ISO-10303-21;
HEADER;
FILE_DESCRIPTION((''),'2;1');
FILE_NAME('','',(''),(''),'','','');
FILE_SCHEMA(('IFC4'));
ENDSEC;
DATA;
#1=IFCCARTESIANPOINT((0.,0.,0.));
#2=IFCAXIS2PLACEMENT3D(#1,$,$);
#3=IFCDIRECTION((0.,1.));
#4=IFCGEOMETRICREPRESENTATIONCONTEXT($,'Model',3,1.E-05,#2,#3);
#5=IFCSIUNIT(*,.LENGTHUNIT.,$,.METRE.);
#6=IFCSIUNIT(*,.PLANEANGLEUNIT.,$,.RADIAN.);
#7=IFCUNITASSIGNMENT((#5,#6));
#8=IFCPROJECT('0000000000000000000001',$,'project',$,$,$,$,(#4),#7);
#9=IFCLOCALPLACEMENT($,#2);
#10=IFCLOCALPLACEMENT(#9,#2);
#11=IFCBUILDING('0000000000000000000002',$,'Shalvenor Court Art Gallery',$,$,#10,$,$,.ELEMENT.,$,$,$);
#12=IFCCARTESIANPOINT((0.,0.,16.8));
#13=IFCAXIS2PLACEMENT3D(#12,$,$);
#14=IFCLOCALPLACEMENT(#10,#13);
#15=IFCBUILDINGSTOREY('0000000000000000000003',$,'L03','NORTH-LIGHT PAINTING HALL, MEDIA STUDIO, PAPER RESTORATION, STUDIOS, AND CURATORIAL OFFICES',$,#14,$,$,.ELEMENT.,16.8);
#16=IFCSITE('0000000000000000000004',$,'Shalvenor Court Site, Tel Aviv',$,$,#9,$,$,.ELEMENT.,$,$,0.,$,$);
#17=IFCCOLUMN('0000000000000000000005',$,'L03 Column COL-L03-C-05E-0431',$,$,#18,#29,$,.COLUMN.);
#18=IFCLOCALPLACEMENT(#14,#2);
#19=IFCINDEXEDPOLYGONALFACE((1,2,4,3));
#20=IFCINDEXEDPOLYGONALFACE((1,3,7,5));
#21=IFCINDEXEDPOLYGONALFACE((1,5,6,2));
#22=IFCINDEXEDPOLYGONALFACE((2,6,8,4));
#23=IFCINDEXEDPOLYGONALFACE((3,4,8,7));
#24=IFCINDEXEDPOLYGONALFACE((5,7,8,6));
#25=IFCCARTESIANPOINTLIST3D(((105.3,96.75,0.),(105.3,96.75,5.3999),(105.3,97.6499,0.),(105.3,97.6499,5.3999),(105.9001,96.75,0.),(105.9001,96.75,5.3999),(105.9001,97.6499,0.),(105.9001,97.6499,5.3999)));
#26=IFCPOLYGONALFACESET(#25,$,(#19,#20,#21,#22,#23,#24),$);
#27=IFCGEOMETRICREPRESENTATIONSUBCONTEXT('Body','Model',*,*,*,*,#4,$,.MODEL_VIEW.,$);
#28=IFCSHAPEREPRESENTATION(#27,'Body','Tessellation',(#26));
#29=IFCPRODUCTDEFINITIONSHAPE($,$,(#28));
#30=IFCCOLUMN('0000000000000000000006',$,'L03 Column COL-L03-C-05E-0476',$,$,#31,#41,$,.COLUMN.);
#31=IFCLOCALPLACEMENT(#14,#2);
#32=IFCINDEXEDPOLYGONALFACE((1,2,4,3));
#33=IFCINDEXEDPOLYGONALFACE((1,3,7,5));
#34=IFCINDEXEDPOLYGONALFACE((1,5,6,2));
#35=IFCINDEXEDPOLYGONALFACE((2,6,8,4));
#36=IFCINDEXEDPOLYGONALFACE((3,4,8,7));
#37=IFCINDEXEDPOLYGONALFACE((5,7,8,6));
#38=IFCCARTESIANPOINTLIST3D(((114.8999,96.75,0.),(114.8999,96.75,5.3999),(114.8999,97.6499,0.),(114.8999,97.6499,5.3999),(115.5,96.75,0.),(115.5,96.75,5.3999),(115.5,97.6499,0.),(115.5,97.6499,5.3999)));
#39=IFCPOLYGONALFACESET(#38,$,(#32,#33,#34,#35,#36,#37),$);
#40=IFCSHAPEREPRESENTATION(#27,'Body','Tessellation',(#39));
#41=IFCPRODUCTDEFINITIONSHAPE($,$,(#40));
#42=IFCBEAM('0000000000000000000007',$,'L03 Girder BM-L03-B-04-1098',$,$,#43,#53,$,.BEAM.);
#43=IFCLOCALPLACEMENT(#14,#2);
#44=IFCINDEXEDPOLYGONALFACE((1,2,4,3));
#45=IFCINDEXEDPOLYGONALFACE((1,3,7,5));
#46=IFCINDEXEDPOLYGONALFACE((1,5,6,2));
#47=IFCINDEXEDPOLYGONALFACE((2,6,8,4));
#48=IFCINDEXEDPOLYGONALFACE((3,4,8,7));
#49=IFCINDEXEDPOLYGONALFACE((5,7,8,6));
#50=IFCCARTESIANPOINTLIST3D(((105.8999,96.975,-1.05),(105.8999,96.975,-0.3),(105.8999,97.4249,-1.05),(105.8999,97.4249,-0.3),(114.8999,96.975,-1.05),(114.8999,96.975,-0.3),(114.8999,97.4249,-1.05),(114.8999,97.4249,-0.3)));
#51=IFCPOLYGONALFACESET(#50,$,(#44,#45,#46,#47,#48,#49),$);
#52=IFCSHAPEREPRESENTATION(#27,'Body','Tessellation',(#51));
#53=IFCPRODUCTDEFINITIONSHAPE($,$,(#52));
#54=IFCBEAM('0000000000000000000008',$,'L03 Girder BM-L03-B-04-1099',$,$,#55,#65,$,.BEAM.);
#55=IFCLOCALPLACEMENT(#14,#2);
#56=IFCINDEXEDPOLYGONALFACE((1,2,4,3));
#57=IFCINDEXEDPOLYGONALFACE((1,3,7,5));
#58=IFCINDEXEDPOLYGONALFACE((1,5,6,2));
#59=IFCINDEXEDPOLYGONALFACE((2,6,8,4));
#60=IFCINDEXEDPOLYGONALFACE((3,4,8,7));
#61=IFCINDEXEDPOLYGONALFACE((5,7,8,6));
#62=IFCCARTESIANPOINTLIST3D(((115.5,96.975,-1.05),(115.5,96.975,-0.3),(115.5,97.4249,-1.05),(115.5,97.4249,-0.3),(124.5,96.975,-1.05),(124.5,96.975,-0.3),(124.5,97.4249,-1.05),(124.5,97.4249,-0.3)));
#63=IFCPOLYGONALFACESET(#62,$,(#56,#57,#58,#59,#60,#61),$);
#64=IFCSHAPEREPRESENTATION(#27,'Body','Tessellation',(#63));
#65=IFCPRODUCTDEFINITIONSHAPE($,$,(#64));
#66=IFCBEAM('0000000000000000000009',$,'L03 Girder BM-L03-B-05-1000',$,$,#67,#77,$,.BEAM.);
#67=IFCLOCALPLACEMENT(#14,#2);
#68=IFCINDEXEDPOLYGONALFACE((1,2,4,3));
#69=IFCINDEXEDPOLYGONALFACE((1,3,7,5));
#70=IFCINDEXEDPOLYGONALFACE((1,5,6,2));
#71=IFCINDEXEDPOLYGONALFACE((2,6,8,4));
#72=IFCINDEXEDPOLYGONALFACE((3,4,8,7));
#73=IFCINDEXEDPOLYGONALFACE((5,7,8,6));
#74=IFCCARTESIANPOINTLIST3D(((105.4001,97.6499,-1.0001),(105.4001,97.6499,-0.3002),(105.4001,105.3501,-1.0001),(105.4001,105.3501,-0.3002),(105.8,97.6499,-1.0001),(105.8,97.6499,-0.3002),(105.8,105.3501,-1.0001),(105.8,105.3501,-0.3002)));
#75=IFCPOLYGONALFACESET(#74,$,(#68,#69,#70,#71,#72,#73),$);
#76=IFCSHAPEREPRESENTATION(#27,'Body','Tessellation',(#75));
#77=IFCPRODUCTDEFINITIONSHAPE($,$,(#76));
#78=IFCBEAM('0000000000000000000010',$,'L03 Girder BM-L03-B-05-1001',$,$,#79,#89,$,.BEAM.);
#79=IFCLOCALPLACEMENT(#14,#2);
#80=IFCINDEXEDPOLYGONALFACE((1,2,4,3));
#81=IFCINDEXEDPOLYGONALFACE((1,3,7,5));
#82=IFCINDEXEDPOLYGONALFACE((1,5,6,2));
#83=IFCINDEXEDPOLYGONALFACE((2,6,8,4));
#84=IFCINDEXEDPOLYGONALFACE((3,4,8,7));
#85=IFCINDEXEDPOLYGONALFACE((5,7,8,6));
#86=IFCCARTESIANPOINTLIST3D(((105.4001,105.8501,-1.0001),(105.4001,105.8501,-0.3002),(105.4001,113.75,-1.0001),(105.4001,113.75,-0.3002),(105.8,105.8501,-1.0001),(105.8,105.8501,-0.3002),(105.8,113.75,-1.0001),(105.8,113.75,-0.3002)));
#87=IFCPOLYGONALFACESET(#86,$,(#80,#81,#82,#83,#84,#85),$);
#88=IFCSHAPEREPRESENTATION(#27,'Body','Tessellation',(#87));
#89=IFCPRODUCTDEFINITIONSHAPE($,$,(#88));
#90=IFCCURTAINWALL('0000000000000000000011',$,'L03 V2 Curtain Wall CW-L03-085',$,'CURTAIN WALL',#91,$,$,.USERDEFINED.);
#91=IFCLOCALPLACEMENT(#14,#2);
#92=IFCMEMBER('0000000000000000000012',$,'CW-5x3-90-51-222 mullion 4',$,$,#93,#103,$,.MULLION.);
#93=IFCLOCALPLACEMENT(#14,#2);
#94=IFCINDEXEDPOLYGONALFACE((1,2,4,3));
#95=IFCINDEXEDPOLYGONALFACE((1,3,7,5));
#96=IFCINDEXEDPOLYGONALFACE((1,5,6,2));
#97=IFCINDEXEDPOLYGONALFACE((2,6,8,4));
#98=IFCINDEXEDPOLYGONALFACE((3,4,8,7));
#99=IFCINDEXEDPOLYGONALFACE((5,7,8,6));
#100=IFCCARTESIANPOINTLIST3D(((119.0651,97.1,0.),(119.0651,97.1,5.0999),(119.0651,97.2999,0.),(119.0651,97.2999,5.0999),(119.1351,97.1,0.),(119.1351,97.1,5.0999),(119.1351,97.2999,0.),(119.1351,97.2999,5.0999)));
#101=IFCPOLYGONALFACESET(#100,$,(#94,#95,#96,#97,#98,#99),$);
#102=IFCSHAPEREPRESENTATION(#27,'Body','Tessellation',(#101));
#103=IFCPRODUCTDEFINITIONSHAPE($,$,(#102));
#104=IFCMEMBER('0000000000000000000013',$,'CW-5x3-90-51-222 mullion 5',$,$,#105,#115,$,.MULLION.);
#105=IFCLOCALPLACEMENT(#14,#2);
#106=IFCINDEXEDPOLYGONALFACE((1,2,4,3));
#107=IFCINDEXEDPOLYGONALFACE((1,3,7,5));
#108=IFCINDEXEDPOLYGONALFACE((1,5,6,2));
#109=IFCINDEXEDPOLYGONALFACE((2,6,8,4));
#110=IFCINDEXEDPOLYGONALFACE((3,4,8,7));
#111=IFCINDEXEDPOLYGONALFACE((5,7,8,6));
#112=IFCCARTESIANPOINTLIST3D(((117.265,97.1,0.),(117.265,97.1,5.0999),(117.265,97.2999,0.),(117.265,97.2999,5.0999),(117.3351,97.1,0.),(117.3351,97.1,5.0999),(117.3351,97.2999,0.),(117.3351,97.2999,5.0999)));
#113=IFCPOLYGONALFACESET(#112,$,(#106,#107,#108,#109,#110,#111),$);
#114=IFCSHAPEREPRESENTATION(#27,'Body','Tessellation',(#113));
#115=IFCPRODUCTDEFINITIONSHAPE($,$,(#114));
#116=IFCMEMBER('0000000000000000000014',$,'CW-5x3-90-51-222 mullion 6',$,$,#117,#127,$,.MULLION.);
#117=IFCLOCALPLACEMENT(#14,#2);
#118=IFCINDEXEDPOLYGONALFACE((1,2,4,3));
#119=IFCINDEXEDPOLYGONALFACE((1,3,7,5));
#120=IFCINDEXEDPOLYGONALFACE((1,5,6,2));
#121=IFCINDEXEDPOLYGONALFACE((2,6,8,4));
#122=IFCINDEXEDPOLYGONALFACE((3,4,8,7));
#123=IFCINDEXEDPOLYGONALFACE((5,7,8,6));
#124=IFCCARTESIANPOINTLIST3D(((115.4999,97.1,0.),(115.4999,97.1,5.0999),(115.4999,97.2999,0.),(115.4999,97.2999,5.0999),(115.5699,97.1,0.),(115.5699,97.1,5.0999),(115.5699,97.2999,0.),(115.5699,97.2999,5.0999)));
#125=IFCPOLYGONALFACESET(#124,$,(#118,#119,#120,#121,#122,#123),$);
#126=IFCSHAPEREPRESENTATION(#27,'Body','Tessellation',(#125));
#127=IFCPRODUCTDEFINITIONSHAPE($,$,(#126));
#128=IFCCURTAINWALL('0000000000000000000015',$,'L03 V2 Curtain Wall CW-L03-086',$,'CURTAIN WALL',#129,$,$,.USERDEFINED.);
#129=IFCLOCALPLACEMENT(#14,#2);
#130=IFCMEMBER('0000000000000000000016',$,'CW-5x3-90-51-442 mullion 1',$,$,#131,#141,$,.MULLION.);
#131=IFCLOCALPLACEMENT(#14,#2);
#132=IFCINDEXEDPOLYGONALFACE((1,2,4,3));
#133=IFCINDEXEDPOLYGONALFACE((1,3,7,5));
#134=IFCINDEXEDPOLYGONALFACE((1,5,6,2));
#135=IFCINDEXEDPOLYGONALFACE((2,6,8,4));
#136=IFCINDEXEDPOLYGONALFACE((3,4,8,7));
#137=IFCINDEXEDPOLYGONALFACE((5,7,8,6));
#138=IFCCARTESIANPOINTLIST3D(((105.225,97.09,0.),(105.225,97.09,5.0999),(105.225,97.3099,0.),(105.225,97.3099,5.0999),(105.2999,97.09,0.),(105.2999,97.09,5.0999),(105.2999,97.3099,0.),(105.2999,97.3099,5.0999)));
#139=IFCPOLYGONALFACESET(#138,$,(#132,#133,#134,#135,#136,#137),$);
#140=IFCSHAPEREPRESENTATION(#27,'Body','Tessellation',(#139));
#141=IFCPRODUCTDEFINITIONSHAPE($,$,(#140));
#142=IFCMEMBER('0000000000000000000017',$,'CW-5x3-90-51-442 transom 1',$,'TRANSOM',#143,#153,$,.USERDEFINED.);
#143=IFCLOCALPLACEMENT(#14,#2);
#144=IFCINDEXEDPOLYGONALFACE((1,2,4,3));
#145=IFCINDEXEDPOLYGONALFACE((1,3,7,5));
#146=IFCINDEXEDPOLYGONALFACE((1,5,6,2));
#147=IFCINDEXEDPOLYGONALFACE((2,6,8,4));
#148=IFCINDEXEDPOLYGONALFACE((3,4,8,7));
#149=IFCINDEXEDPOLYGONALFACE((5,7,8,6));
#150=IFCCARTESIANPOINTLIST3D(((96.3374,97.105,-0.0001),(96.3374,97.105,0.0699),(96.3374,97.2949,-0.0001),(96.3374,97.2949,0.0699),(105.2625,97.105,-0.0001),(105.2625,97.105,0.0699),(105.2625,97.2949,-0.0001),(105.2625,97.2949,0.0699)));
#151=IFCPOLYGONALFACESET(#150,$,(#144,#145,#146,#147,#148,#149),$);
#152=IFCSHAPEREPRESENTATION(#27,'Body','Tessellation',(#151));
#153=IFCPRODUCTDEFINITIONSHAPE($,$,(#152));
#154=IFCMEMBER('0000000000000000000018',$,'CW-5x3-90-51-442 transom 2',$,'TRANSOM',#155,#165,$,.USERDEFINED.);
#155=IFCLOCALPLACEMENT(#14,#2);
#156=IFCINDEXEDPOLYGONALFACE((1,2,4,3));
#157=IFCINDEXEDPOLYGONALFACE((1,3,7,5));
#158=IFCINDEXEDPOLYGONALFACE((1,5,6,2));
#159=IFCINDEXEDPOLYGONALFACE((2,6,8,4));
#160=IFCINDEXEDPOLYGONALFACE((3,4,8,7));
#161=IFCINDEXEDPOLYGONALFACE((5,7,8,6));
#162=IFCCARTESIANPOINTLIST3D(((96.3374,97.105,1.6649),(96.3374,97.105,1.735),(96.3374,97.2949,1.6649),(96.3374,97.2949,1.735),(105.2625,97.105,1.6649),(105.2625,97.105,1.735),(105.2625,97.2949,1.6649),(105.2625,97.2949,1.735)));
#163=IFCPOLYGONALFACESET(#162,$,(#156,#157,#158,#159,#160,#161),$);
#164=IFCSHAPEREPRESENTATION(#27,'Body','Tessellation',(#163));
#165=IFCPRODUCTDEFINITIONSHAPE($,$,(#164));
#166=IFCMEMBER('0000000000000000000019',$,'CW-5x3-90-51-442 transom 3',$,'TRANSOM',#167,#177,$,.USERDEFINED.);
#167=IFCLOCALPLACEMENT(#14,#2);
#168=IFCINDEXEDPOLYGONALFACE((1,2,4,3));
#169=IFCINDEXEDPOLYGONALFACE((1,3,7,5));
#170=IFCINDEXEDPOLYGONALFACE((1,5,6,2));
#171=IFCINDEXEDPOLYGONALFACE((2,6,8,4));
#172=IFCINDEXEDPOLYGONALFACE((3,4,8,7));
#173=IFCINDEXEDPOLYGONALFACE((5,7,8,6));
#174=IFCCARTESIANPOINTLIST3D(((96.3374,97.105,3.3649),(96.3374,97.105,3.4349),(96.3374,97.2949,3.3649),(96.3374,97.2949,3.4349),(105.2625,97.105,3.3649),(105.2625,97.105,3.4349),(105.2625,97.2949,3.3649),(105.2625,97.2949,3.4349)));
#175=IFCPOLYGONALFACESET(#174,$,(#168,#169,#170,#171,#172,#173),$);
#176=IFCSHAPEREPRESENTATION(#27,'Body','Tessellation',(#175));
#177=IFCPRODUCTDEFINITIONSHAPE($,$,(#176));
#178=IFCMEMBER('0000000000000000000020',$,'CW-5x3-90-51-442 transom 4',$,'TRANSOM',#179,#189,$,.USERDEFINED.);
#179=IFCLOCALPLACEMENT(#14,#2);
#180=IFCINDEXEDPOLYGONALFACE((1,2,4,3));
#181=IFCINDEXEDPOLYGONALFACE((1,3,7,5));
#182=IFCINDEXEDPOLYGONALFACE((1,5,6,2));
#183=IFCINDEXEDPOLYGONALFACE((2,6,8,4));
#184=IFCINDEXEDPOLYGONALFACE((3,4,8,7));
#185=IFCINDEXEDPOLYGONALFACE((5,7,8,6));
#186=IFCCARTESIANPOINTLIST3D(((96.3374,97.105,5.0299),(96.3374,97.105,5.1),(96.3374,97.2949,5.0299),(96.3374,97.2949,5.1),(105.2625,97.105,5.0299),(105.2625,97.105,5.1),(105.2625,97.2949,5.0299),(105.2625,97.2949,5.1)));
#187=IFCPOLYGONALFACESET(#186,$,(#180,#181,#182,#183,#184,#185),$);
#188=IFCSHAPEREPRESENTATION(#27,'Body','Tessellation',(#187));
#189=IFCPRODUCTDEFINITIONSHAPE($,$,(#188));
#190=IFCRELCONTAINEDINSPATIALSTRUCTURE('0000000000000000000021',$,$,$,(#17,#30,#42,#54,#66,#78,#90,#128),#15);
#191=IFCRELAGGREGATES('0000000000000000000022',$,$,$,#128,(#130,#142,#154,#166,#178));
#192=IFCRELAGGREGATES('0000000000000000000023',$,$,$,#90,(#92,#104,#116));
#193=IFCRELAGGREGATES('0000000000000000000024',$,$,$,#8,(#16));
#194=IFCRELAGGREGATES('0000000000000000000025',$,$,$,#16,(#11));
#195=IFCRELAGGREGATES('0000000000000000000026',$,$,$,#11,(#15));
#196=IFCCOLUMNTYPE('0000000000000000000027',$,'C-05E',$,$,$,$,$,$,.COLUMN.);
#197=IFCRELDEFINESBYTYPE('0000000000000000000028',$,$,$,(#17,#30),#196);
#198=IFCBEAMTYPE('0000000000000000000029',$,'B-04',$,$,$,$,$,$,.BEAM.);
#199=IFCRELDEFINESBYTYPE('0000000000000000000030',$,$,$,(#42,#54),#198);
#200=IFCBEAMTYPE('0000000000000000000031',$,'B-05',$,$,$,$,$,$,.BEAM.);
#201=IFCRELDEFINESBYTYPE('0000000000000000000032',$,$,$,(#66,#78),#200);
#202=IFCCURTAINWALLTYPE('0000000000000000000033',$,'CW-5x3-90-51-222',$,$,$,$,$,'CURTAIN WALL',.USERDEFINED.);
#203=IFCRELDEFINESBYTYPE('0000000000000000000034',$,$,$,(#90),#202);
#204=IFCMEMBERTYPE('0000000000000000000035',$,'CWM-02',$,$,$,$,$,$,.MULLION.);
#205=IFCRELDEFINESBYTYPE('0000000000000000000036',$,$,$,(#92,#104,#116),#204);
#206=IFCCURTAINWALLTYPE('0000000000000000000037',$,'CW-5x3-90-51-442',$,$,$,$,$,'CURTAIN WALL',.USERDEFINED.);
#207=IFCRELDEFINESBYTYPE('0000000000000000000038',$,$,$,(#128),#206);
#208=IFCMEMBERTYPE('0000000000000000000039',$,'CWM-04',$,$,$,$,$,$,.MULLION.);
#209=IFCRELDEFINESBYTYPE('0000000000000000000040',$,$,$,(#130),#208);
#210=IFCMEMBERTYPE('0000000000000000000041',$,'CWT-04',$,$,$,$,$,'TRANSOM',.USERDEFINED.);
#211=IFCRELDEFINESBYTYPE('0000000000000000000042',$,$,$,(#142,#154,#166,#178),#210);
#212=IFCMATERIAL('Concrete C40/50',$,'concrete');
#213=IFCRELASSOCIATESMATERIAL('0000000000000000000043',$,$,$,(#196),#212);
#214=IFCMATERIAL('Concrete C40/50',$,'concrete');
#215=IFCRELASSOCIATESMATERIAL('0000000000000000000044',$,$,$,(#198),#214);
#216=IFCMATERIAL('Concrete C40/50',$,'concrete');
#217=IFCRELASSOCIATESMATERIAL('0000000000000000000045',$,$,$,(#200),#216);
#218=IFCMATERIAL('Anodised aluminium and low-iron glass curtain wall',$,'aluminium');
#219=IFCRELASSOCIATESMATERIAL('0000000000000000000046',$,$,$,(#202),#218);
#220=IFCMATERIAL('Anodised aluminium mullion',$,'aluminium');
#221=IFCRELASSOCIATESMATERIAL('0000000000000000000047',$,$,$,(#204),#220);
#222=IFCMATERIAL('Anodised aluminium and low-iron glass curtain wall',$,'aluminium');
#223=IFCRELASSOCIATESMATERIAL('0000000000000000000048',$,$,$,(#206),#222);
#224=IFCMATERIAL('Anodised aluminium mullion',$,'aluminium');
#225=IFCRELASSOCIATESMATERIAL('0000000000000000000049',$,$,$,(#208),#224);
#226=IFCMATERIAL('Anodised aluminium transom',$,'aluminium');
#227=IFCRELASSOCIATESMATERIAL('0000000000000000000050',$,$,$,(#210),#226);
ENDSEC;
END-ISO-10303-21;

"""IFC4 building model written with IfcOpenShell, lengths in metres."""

from ifc_helpers import new_model, si_unit, direction, frame, origin, origin_2d, place, context, subcontext, project, spatial, rectangle, extrude, material, material_profile, profile_set, type_object, element, aggregate, save


model = new_model("IFC4")

# Units and contexts
model_context = context("Model", 3, precision=1e-05, world=origin(), true_north=direction((0.0, 1.0)))
body_context = subcontext(model_context, "Body", "Model", "MODEL_VIEW")
ifc_project = project(units=[si_unit("LENGTHUNIT", "METRE"), si_unit("PLANEANGLEUNIT", "RADIAN")], contexts=[model_context])

# Site, building, storey
site_placement = place(None, origin())
site = spatial("IfcSite", under=ifc_project, at=site_placement, Name="Shalvenor Court Site, Tel Aviv", CompositionType="ELEMENT", RefElevation=0.0)
building_placement = place(site_placement, origin())
building = spatial("IfcBuilding", under=site, at=building_placement, Name="Shalvenor Court Art Gallery", CompositionType="ELEMENT")
storey_placement = place(building_placement, frame((0.0, 0.0, 16.8)))
storey = spatial("IfcBuildingStorey", under=building, at=storey_placement, Name="L03", Description="NORTH-LIGHT PAINTING HALL, MEDIA STUDIO, PAPER RESTORATION, STUDIOS, AND CURATORIAL OFFICES", CompositionType="ELEMENT", Elevation=16.8)

# Columns
ifc_material_1 = material(Name="Concrete C40/50", Category="concrete")
ifc_material_profile_1 = material_profile(ifc_material_1, rectangle(XDim=0.6001, YDim=0.8999, at=origin_2d()), Name="RC 600x900")
ifc_profile_set_1 = profile_set([ifc_material_profile_1], Name="Concrete C40/50")
column_type = type_object("IfcColumnType", Name="C-05E", PredefinedType="COLUMN", material=ifc_profile_set_1)
for number, where, z_axis, x_axis, name in (
    (1, (105.6001, 97.2, 0.0), (0.0, 0.0, 1.0), (1.0, 0.0, 0.0), "L03 Column COL-L03-C-05E-0431"),
    (2, (115.2, 97.2, 0.0), (0.0, 0.0, 1.0), (1.0, 0.0, 0.0), "L03 Column COL-L03-C-05E-0476"),
):
    element("IfcColumn", number, at=place(storey_placement, frame(where, z_axis=z_axis, x_axis=x_axis)), inside=storey, type_object=column_type, Name=name, PredefinedType="COLUMN", context=body_context, shape_type="SweptSolid", body=[
        extrude(rectangle(XDim=0.6001, YDim=0.8999, at=origin_2d()), origin(), (0.0, 0.0, 1.0), 5.3999),
    ])

# Beams
ifc_material_2 = material(Name="Concrete C40/50", Category="concrete")
ifc_material_profile_2 = material_profile(ifc_material_2, rectangle(XDim=0.45, YDim=0.75, at=origin_2d()), Name="RC 450x750")
ifc_profile_set_2 = profile_set([ifc_material_profile_2], Name="Concrete C40/50")
beam_type_1 = type_object("IfcBeamType", Name="B-04", PredefinedType="BEAM", material=ifc_profile_set_2)
for number, where, z_axis, x_axis, name in (
    (3, (105.8999, 97.2, -0.675), (1.0, 0.0, 0.0), (0.0, 1.0, 0.0), "L03 Girder BM-L03-B-04-1098"),
    (4, (115.5, 97.2, -0.675), (1.0, 0.0, 0.0), (0.0, 1.0, 0.0), "L03 Girder BM-L03-B-04-1099"),
):
    element("IfcBeam", number, at=place(storey_placement, frame(where, z_axis=z_axis, x_axis=x_axis)), inside=storey, type_object=beam_type_1, Name=name, PredefinedType="BEAM", context=body_context, shape_type="SweptSolid", body=[
        extrude(rectangle(XDim=0.45, YDim=0.75, at=origin_2d()), origin(), (0.0, 0.0, 1.0), 9.0),
    ])
ifc_material_3 = material(Name="Concrete C40/50", Category="concrete")
ifc_material_profile_3 = material_profile(ifc_material_3, rectangle(XDim=0.3999, YDim=0.7, at=origin_2d()), Name="RC 400x700")
ifc_profile_set_3 = profile_set([ifc_material_profile_3], Name="Concrete C40/50")
beam_type_2 = type_object("IfcBeamType", Name="B-05", PredefinedType="BEAM", material=ifc_profile_set_3)
beam_1_placement = place(storey_placement, frame((105.6001, 97.6499, -0.6501), z_axis=(0.0, 1.0, 0.0), x_axis=(-1.0, 0.0, 0.0)))
element("IfcBeam", 5, at=beam_1_placement, inside=storey, type_object=beam_type_2, Name="L03 Girder BM-L03-B-05-1000", PredefinedType="BEAM", context=body_context, shape_type="SweptSolid", body=[
    extrude(rectangle(XDim=0.3999, YDim=0.7, at=origin_2d()), origin(), (0.0, 0.0, 1.0), 7.7002),
])
beam_2_placement = place(storey_placement, frame((105.6001, 105.8501, -0.6501), z_axis=(0.0, 1.0, 0.0), x_axis=(-1.0, 0.0, 0.0)))
element("IfcBeam", 6, at=beam_2_placement, inside=storey, type_object=beam_type_2, Name="L03 Girder BM-L03-B-05-1001", PredefinedType="BEAM", context=body_context, shape_type="SweptSolid", body=[
    extrude(rectangle(XDim=0.3999, YDim=0.7, at=origin_2d()), origin(), (0.0, 0.0, 1.0), 7.8999),
])

# Curtain walls, members
ifc_material_4 = material(Name="Anodised aluminium and low-iron glass curtain wall", Category="aluminium")
curtain_wall_type_1 = type_object("IfcCurtainWallType", Name="CW-5x3-90-51-222", ElementType="CURTAIN WALL", PredefinedType="USERDEFINED", material=ifc_material_4)
curtain_wall_1_placement = place(storey_placement, origin())
curtain_wall_1 = element("IfcCurtainWall", 7, at=curtain_wall_1_placement, inside=storey, type_object=curtain_wall_type_1, Name="L03 V2 Curtain Wall CW-L03-085", ObjectType="CURTAIN WALL", PredefinedType="USERDEFINED")
ifc_material_5 = material(Name="Anodised aluminium mullion", Category="aluminium")
ifc_material_profile_4 = material_profile(ifc_material_5, rectangle(XDim=0.0701, YDim=0.2, at=origin_2d()), Name="CWM-02")
ifc_profile_set_4 = profile_set([ifc_material_profile_4], Name="Anodised aluminium mullion")
member_type_1 = type_object("IfcMemberType", Name="CWM-02", PredefinedType="MULLION", material=ifc_profile_set_4)
member_1_placement = place(storey_placement, frame((119.1001, 97.2, 0.0), z_axis=(0.0, 0.0, 1.0), x_axis=(-1.0, 0.0, 0.0)))
member_1 = element("IfcMember", 8, at=member_1_placement, type_object=member_type_1, Name="CW-5x3-90-51-222 mullion 4", PredefinedType="MULLION", context=body_context, shape_type="SweptSolid", body=[
    extrude(rectangle(XDim=0.0701, YDim=0.2, at=origin_2d()), origin(), (0.0, 0.0, 1.0), 5.0999),
])
member_2_placement = place(storey_placement, frame((117.3, 97.2, 0.0), z_axis=(0.0, 0.0, 1.0), x_axis=(-1.0, 0.0, 0.0)))
member_2 = element("IfcMember", 9, at=member_2_placement, type_object=member_type_1, Name="CW-5x3-90-51-222 mullion 5", PredefinedType="MULLION", context=body_context, shape_type="SweptSolid", body=[
    extrude(rectangle(XDim=0.0701, YDim=0.2, at=origin_2d()), origin(), (0.0, 0.0, 1.0), 5.0999),
])
member_3_placement = place(storey_placement, frame((115.5349, 97.2, 0.0), z_axis=(0.0, 0.0, 1.0), x_axis=(-1.0, 0.0, 0.0)))
member_3 = element("IfcMember", 10, at=member_3_placement, type_object=member_type_1, Name="CW-5x3-90-51-222 mullion 6", PredefinedType="MULLION", context=body_context, shape_type="SweptSolid", body=[
    extrude(rectangle(XDim=0.0701, YDim=0.2, at=origin_2d()), origin(), (0.0, 0.0, 1.0), 5.0999),
])
ifc_material_6 = material(Name="Anodised aluminium and low-iron glass curtain wall", Category="aluminium")
curtain_wall_type_2 = type_object("IfcCurtainWallType", Name="CW-5x3-90-51-442", ElementType="CURTAIN WALL", PredefinedType="USERDEFINED", material=ifc_material_6)
curtain_wall_2_placement = place(storey_placement, origin())
curtain_wall_2 = element("IfcCurtainWall", 11, at=curtain_wall_2_placement, inside=storey, type_object=curtain_wall_type_2, Name="L03 V2 Curtain Wall CW-L03-086", ObjectType="CURTAIN WALL", PredefinedType="USERDEFINED")
ifc_material_7 = material(Name="Anodised aluminium mullion", Category="aluminium")
ifc_material_profile_5 = material_profile(ifc_material_7, rectangle(XDim=0.075, YDim=0.22, at=origin_2d()), Name="CWM-04")
ifc_profile_set_5 = profile_set([ifc_material_profile_5], Name="Anodised aluminium mullion")
member_type_2 = type_object("IfcMemberType", Name="CWM-04", PredefinedType="MULLION", material=ifc_profile_set_5)
member_4_placement = place(storey_placement, frame((105.2625, 97.2, 0.0), z_axis=(0.0, 0.0, 1.0), x_axis=(-1.0, 0.0, 0.0)))
member_4 = element("IfcMember", 12, at=member_4_placement, type_object=member_type_2, Name="CW-5x3-90-51-442 mullion 1", PredefinedType="MULLION", context=body_context, shape_type="SweptSolid", body=[
    extrude(rectangle(XDim=0.075, YDim=0.22, at=origin_2d()), origin(), (0.0, 0.0, 1.0), 5.0999),
])
ifc_material_8 = material(Name="Anodised aluminium transom", Category="aluminium")
ifc_material_profile_6 = material_profile(ifc_material_8, rectangle(XDim=0.1899, YDim=0.0701, at=origin_2d()), Name="CWT-04")
ifc_profile_set_6 = profile_set([ifc_material_profile_6], Name="Anodised aluminium transom")
member_type_3 = type_object("IfcMemberType", Name="CWT-04", ElementType="TRANSOM", PredefinedType="USERDEFINED", material=ifc_profile_set_6)
member_5_placement = place(storey_placement, frame((105.2625, 97.2, 0.0349), z_axis=(-1.0, 0.0, 0.0), x_axis=(0.0, -1.0, 0.0)))
member_5 = element("IfcMember", 13, at=member_5_placement, type_object=member_type_3, Name="CW-5x3-90-51-442 transom 1", ObjectType="TRANSOM", PredefinedType="USERDEFINED", context=body_context, shape_type="SweptSolid", body=[
    extrude(rectangle(XDim=0.1899, YDim=0.0701, at=origin_2d()), origin(), (0.0, 0.0, 1.0), 8.925),
])
member_6_placement = place(storey_placement, frame((105.2625, 97.2, 1.7), z_axis=(-1.0, 0.0, 0.0), x_axis=(0.0, -1.0, 0.0)))
member_6 = element("IfcMember", 14, at=member_6_placement, type_object=member_type_3, Name="CW-5x3-90-51-442 transom 2", ObjectType="TRANSOM", PredefinedType="USERDEFINED", context=body_context, shape_type="SweptSolid", body=[
    extrude(rectangle(XDim=0.1899, YDim=0.0701, at=origin_2d()), origin(), (0.0, 0.0, 1.0), 8.925),
])
member_7_placement = place(storey_placement, frame((105.2625, 97.2, 3.3999), z_axis=(-1.0, 0.0, 0.0), x_axis=(0.0, -1.0, 0.0)))
member_7 = element("IfcMember", 15, at=member_7_placement, type_object=member_type_3, Name="CW-5x3-90-51-442 transom 3", ObjectType="TRANSOM", PredefinedType="USERDEFINED", context=body_context, shape_type="SweptSolid", body=[
    extrude(rectangle(XDim=0.1899, YDim=0.0701, at=origin_2d()), origin(), (0.0, 0.0, 1.0), 8.925),
])
member_8_placement = place(storey_placement, frame((105.2625, 97.2, 5.0649), z_axis=(-1.0, 0.0, 0.0), x_axis=(0.0, -1.0, 0.0)))
member_8 = element("IfcMember", 16, at=member_8_placement, type_object=member_type_3, Name="CW-5x3-90-51-442 transom 4", ObjectType="TRANSOM", PredefinedType="USERDEFINED", context=body_context, shape_type="SweptSolid", body=[
    extrude(rectangle(XDim=0.1899, YDim=0.0701, at=origin_2d()), origin(), (0.0, 0.0, 1.0), 8.925),
])
aggregate(curtain_wall_2, [member_4, member_5, member_6, member_7, member_8])

aggregate(curtain_wall_1, [member_1, member_2, member_3])

save(model, "model.ifc")
